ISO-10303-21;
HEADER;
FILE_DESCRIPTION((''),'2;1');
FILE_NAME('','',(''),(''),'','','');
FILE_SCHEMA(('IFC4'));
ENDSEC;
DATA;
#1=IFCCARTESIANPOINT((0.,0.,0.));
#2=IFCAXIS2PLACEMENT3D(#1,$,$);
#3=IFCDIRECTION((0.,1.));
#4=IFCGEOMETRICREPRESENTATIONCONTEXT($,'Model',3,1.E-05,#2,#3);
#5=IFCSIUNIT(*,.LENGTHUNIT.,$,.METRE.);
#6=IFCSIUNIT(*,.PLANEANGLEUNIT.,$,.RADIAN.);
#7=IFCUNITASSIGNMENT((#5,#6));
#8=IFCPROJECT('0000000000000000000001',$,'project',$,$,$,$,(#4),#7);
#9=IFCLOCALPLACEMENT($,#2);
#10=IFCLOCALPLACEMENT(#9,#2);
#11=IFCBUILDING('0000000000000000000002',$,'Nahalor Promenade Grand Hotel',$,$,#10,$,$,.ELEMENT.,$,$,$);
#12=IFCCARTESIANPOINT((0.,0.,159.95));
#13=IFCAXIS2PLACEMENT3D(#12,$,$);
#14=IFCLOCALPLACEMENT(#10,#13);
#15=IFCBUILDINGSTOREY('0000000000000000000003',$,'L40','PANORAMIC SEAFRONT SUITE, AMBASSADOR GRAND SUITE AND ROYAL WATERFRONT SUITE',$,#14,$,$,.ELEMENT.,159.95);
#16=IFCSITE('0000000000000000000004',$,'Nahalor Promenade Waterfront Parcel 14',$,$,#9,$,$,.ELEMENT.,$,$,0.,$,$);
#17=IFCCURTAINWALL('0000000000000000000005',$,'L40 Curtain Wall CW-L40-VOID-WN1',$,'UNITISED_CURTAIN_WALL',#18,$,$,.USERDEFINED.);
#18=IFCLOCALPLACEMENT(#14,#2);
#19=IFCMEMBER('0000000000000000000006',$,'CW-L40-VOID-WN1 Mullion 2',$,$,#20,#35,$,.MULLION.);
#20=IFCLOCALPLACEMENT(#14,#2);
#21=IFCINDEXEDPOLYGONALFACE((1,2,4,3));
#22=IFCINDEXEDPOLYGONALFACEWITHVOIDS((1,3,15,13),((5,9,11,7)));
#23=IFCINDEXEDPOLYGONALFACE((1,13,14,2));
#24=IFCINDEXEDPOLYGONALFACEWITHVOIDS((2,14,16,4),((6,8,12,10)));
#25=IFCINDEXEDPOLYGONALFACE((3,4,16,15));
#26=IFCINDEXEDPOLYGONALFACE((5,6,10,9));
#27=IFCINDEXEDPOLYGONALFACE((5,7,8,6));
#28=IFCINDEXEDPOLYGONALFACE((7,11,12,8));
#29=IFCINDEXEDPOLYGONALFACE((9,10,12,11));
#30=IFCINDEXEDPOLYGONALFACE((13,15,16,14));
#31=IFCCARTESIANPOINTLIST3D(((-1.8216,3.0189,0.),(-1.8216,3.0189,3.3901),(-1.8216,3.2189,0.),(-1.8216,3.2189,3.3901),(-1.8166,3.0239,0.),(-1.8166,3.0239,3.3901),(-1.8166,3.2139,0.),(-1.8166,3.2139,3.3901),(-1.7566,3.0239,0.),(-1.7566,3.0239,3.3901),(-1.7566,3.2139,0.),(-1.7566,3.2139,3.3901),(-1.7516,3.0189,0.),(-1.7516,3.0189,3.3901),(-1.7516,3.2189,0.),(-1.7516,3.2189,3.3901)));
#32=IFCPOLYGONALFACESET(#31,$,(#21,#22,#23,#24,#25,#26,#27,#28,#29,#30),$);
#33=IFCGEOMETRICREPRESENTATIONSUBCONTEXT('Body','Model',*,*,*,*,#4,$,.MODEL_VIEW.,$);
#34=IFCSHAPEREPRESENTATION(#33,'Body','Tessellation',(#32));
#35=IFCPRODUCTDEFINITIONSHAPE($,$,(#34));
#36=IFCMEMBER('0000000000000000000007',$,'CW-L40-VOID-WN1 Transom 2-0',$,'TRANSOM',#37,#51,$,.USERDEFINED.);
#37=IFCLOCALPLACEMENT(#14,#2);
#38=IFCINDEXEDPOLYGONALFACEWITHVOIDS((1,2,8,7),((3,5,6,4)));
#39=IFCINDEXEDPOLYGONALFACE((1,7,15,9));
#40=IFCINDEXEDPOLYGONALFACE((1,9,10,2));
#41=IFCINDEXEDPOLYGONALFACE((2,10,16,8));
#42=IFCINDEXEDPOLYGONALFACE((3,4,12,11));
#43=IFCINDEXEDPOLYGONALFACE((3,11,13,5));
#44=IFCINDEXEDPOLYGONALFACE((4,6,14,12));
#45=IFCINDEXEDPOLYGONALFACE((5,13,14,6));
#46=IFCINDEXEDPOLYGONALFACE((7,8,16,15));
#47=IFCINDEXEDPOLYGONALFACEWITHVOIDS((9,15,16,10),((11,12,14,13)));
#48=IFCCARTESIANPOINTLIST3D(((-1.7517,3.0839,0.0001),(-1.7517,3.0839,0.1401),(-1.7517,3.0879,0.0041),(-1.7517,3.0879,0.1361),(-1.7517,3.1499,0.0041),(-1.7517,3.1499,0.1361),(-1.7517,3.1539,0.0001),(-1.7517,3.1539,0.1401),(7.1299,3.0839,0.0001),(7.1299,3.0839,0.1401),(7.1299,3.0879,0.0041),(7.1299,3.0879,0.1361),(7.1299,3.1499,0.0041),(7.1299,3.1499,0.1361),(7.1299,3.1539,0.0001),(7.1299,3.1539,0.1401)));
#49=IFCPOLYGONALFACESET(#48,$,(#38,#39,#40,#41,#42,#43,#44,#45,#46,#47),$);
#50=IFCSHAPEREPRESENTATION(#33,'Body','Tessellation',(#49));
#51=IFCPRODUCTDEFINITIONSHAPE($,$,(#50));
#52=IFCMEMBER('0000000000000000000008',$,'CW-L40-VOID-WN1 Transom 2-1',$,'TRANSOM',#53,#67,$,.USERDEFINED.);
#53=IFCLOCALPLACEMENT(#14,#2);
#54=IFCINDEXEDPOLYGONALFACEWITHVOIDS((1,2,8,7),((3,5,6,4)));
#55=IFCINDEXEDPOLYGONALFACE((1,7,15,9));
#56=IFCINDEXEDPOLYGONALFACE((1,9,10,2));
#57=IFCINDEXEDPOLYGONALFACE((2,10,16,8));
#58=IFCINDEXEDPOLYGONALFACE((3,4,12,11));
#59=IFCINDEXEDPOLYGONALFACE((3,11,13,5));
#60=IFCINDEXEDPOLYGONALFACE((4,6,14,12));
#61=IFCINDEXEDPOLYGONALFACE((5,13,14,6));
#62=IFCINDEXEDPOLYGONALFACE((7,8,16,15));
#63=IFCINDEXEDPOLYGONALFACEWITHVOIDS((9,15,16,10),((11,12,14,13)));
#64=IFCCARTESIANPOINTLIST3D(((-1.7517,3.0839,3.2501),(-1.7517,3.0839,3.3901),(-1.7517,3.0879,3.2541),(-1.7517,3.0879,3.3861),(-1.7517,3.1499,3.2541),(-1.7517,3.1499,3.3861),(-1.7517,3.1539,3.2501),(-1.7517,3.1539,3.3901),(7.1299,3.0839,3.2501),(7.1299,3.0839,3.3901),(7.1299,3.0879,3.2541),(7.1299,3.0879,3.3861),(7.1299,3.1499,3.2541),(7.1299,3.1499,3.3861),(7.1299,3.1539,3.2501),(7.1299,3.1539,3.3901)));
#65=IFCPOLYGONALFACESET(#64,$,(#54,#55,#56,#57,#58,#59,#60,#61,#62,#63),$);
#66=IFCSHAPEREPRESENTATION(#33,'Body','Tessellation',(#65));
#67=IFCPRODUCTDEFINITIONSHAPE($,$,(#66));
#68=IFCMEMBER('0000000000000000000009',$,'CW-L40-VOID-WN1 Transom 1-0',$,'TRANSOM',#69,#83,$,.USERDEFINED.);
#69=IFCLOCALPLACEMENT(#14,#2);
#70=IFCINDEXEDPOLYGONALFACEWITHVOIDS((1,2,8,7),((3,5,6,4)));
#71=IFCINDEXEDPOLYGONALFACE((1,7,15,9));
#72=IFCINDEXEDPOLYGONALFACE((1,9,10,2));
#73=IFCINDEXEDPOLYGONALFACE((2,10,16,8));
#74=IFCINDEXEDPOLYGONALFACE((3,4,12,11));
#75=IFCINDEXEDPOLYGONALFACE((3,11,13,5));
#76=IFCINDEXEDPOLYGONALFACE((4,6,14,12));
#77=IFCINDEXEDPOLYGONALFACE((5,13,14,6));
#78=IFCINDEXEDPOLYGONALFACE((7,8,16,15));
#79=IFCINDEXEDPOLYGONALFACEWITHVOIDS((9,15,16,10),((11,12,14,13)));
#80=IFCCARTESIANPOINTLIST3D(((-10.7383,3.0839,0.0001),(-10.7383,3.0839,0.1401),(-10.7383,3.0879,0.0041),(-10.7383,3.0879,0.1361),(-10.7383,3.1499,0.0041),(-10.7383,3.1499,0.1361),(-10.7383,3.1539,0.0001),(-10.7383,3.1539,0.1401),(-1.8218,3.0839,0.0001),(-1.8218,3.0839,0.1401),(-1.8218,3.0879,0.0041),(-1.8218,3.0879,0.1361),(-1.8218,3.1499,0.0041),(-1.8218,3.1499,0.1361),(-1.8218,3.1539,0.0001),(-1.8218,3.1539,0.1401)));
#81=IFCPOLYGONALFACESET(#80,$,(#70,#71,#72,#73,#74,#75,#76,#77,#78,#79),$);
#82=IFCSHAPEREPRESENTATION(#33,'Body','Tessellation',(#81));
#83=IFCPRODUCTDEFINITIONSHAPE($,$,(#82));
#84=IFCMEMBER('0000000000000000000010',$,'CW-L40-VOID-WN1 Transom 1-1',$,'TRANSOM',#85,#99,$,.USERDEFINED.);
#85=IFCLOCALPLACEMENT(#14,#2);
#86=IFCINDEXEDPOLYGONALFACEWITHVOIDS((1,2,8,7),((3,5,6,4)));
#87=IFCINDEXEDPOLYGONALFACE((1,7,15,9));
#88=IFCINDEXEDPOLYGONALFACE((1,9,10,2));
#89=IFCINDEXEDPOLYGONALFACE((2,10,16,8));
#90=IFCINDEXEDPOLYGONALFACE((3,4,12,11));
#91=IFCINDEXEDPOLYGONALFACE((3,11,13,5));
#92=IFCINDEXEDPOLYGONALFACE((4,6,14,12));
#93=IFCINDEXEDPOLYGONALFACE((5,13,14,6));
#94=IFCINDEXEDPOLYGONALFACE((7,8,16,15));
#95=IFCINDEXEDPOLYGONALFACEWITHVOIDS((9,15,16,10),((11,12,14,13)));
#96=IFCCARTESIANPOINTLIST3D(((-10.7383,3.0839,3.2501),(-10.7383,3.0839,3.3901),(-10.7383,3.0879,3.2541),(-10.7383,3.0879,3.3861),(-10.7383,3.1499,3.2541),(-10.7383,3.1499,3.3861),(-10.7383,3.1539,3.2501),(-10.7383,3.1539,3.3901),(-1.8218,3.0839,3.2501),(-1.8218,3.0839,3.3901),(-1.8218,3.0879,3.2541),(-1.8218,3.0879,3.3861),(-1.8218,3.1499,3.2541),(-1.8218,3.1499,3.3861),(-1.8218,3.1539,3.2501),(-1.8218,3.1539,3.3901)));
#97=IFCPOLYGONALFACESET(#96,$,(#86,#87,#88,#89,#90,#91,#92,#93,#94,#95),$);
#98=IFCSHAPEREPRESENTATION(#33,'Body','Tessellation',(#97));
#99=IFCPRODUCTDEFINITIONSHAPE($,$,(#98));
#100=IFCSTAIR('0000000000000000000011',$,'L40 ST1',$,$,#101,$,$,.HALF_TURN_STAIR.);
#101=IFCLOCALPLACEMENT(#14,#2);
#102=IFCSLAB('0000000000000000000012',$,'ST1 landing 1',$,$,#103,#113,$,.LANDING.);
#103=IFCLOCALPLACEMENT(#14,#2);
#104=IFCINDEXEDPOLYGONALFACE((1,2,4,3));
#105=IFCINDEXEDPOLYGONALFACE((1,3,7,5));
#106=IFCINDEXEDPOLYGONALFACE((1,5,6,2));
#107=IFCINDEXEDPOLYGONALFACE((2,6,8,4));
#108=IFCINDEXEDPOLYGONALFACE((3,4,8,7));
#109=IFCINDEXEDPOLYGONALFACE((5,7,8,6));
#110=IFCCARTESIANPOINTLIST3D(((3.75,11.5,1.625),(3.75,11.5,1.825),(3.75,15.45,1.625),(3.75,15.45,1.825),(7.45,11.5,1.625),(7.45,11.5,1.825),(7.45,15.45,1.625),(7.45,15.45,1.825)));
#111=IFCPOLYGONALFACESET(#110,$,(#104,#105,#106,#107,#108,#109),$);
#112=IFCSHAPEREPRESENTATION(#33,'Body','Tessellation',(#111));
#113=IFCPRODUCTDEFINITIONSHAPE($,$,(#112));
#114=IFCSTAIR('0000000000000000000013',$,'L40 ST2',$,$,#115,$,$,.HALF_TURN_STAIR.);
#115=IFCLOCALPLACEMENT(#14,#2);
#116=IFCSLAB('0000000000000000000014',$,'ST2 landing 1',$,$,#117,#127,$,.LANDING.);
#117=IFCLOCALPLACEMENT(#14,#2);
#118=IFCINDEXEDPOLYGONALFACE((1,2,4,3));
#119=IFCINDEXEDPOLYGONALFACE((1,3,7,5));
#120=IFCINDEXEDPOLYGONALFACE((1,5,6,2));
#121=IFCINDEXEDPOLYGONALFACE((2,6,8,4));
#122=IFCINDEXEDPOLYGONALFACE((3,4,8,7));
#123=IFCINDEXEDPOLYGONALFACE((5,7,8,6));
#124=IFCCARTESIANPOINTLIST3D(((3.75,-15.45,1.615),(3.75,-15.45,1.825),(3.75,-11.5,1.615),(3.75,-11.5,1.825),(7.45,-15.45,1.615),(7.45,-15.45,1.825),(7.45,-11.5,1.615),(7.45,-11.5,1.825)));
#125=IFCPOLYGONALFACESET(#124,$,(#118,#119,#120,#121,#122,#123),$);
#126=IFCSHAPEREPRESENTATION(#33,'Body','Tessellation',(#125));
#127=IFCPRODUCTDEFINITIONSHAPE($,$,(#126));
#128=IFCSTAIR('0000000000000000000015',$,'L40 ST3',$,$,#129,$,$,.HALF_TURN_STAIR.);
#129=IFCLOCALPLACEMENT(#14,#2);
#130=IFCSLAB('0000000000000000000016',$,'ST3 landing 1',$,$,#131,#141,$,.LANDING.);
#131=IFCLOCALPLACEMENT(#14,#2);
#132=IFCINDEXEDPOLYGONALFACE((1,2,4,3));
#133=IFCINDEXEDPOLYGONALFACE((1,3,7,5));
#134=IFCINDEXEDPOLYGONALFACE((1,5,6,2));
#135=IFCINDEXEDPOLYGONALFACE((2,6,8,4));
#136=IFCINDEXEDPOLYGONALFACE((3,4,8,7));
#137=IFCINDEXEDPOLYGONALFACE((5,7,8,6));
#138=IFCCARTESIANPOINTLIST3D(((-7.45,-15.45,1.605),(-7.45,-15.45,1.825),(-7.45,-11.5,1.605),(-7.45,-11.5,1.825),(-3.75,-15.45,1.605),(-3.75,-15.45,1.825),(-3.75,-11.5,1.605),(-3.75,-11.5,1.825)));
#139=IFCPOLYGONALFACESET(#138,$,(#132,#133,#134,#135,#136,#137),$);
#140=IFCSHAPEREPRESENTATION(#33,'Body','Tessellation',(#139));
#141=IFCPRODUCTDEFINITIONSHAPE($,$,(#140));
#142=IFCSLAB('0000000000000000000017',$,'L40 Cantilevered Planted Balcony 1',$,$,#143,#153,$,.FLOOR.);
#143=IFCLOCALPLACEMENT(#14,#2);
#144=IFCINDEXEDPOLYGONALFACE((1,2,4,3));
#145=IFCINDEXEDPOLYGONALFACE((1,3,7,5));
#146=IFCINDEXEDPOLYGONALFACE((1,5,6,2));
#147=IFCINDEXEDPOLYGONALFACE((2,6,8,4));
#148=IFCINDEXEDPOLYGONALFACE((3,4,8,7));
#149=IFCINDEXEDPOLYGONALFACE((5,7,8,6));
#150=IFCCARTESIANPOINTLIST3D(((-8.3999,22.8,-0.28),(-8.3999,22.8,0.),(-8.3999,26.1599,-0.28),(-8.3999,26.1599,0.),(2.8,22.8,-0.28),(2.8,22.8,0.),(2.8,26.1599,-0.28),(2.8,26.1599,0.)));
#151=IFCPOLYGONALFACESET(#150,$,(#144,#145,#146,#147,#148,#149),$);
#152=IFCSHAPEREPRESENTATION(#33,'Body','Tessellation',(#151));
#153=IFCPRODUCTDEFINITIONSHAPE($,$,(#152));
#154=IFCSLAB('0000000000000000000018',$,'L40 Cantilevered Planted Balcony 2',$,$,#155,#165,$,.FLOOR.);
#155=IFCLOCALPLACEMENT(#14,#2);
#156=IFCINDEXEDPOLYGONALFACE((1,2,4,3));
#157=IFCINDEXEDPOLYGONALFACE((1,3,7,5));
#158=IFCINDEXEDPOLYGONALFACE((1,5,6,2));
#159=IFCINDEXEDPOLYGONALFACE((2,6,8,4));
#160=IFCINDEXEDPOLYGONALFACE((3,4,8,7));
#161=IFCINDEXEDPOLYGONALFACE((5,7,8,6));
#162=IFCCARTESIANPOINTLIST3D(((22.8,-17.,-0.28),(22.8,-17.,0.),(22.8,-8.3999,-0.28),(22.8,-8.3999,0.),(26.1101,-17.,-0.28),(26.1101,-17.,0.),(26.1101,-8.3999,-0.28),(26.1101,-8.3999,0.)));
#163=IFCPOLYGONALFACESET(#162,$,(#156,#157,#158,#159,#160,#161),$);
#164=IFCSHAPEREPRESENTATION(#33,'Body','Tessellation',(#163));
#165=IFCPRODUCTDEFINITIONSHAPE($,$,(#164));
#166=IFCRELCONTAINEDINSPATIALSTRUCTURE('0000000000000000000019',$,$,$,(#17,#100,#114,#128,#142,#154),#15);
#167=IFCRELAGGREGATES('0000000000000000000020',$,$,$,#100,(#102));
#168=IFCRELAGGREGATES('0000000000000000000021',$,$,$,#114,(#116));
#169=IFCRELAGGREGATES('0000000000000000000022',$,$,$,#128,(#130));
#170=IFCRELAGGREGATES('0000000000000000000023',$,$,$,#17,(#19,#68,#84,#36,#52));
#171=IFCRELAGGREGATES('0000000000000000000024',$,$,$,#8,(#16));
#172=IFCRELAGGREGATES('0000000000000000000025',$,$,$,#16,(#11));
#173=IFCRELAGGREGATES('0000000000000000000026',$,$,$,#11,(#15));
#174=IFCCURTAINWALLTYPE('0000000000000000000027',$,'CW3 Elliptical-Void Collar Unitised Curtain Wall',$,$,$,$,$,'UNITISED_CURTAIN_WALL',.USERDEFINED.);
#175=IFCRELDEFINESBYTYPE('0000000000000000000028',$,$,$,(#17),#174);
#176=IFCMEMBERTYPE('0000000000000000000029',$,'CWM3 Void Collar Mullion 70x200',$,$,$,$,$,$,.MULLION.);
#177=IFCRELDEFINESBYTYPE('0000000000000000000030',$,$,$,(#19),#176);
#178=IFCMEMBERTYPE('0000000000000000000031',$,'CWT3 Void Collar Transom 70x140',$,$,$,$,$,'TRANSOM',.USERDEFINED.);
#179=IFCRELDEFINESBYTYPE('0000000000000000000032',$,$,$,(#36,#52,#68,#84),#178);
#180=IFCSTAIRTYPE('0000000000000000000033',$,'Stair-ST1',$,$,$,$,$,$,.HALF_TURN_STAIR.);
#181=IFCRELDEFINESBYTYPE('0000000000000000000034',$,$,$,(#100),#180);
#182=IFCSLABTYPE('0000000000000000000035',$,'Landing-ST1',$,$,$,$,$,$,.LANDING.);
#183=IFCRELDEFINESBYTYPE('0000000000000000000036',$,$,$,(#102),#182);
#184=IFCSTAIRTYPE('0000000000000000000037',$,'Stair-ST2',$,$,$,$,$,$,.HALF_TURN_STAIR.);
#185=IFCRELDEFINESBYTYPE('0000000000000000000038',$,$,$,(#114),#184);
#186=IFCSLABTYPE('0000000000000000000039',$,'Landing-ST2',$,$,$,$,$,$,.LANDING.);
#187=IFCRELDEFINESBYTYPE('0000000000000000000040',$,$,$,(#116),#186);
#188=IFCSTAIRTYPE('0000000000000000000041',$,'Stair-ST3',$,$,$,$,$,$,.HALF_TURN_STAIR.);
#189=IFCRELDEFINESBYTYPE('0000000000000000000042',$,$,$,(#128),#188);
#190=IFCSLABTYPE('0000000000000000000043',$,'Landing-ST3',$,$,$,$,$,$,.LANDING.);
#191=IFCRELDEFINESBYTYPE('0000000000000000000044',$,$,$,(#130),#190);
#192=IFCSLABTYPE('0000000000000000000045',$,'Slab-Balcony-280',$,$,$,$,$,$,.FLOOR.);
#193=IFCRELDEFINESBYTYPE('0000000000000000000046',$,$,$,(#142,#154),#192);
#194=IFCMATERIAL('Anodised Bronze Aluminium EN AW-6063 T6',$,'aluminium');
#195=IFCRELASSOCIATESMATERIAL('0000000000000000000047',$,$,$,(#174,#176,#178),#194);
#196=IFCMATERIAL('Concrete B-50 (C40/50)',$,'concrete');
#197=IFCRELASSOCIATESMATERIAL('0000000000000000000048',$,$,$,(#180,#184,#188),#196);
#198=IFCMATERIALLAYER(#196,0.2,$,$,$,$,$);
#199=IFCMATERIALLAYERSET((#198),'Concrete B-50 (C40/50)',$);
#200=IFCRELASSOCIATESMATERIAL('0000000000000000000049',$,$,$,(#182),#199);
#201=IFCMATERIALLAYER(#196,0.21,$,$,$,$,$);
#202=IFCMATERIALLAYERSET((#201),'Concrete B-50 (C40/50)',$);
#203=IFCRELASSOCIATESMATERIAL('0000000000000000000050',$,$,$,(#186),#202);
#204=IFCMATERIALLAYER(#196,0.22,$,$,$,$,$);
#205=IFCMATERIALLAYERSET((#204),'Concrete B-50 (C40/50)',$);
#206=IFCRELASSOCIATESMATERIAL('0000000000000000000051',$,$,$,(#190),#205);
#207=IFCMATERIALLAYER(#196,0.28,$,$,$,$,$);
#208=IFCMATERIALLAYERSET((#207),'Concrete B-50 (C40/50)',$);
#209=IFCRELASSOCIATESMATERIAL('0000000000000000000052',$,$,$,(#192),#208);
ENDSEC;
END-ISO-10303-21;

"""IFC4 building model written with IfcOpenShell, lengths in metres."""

from ifc_helpers import new_model, si_unit, direction, frame, origin, origin_2d, place, context, subcontext, project, spatial, polyline, hollow_rectangle, outline, extrude, source, transform, mapped, material, layer, layer_set, material_profile, profile_set, type_object, element, aggregate, save


model = new_model("IFC4")

# Units and contexts
model_context = context("Model", 3, precision=1e-05, world=origin(), true_north=direction((0.0, 1.0)))
body_context = subcontext(model_context, "Body", "Model", "MODEL_VIEW")
ifc_project = project(units=[si_unit("LENGTHUNIT", "METRE"), si_unit("PLANEANGLEUNIT", "RADIAN")], contexts=[model_context])

# Site, building, storey
site_placement = place(None, origin())
site = spatial("IfcSite", under=ifc_project, at=site_placement, Name="Nahalor Promenade Waterfront Parcel 14", CompositionType="ELEMENT", RefElevation=0.0)
building_placement = place(site_placement, origin())
building = spatial("IfcBuilding", under=site, at=building_placement, Name="Nahalor Promenade Grand Hotel", CompositionType="ELEMENT")
storey_placement = place(building_placement, frame((0.0, 0.0, 159.95)))
storey = spatial("IfcBuildingStorey", under=building, at=storey_placement, Name="L40", Description="PANORAMIC SEAFRONT SUITE, AMBASSADOR GRAND SUITE AND ROYAL WATERFRONT SUITE", CompositionType="ELEMENT", Elevation=159.95)

# Curtain wall, members
ifc_material_1 = material(Name="Anodised Bronze Aluminium EN AW-6063 T6", Category="aluminium")
curtain_wall_type = type_object("IfcCurtainWallType", Name="CW3 Elliptical-Void Collar Unitised Curtain Wall", ElementType="UNITISED_CURTAIN_WALL", PredefinedType="USERDEFINED", material=ifc_material_1)
curtain_wall_placement = place(storey_placement, origin())
curtain_wall = element("IfcCurtainWall", 1, at=curtain_wall_placement, inside=storey, type_object=curtain_wall_type, Name="L40 Curtain Wall CW-L40-VOID-WN1", ObjectType="UNITISED_CURTAIN_WALL", PredefinedType="USERDEFINED")
ifc_material_profile_1 = material_profile(ifc_material_1, hollow_rectangle(XDim=0.07, YDim=0.2, WallThickness=0.005, at=origin_2d()), Name="CWM 70x200x5")
ifc_profile_set_1 = profile_set([ifc_material_profile_1], Name="Anodised Bronze Aluminium EN AW-6063 T6")
member_type_1 = type_object("IfcMemberType", Name="CWM3 Void Collar Mullion 70x200", PredefinedType="MULLION", material=ifc_profile_set_1)
shared_shape_1 = source(origin(), body_context, "Body", "SweptSolid", [
    extrude(hollow_rectangle(XDim=0.07, YDim=0.2, WallThickness=0.005, at=origin_2d()), origin(), (0.0, 0.0, 1.0), 3.3901),
])
member_1_placement = place(storey_placement, frame((-1.7866, 3.1189, 0.0), z_axis=(0.0, 0.0, 1.0), x_axis=(1.0, 0.0, 0.0)))
member_1 = element("IfcMember", 2, at=member_1_placement, type_object=member_type_1, Name="CW-L40-VOID-WN1 Mullion 2", PredefinedType="MULLION", context=body_context, shape_type="MappedRepresentation", body=[
    mapped(shared_shape_1, transform((0.0, 0.0, 0.0), scale=1.0)),
])
ifc_material_profile_2 = material_profile(ifc_material_1, hollow_rectangle(XDim=0.07, YDim=0.14, WallThickness=0.004, at=origin_2d()), Name="CWT 70x140x4")
ifc_profile_set_2 = profile_set([ifc_material_profile_2], Name="Anodised Bronze Aluminium EN AW-6063 T6")
member_type_2 = type_object("IfcMemberType", Name="CWT3 Void Collar Transom 70x140", ElementType="TRANSOM", PredefinedType="USERDEFINED", material=ifc_profile_set_2)
shared_shape_2 = source(origin(), body_context, "Body", "SweptSolid", [
    extrude(hollow_rectangle(XDim=0.07, YDim=0.14, WallThickness=0.004, at=origin_2d()), origin(), (0.0, 0.0, 1.0), 8.8816),
])
member_2_placement = place(storey_placement, frame((-1.7517, 3.1189, 0.0701), z_axis=(1.0, 0.0, 0.0), x_axis=(0.0, 1.0, 0.0)))
member_2 = element("IfcMember", 3, at=member_2_placement, type_object=member_type_2, Name="CW-L40-VOID-WN1 Transom 2-0", ObjectType="TRANSOM", PredefinedType="USERDEFINED", context=body_context, shape_type="MappedRepresentation", body=[
    mapped(shared_shape_2, transform((0.0, 0.0, 0.0), scale=1.0)),
])
member_3_placement = place(storey_placement, frame((-1.7517, 3.1189, 3.3201), z_axis=(1.0, 0.0, 0.0), x_axis=(0.0, 1.0, 0.0)))
member_3 = element("IfcMember", 4, at=member_3_placement, type_object=member_type_2, Name="CW-L40-VOID-WN1 Transom 2-1", ObjectType="TRANSOM", PredefinedType="USERDEFINED", context=body_context, shape_type="MappedRepresentation", body=[
    mapped(shared_shape_2, transform((0.0, 0.0, 0.0), scale=1.0)),
])
shared_shape_3 = source(origin(), body_context, "Body", "SweptSolid", [
    extrude(hollow_rectangle(XDim=0.07, YDim=0.14, WallThickness=0.004, at=origin_2d()), origin(), (0.0, 0.0, 1.0), 8.9165),
])
member_4_placement = place(storey_placement, frame((-10.7383, 3.1189, 0.0701), z_axis=(1.0, 0.0, 0.0), x_axis=(0.0, 1.0, 0.0)))
member_4 = element("IfcMember", 5, at=member_4_placement, type_object=member_type_2, Name="CW-L40-VOID-WN1 Transom 1-0", ObjectType="TRANSOM", PredefinedType="USERDEFINED", context=body_context, shape_type="MappedRepresentation", body=[
    mapped(shared_shape_3, transform((0.0, 0.0, 0.0), scale=1.0)),
])
member_5_placement = place(storey_placement, frame((-10.7383, 3.1189, 3.3201), z_axis=(1.0, 0.0, 0.0), x_axis=(0.0, 1.0, 0.0)))
member_5 = element("IfcMember", 6, at=member_5_placement, type_object=member_type_2, Name="CW-L40-VOID-WN1 Transom 1-1", ObjectType="TRANSOM", PredefinedType="USERDEFINED", context=body_context, shape_type="MappedRepresentation", body=[
    mapped(shared_shape_3, transform((0.0, 0.0, 0.0), scale=1.0)),
])

# Stairs, slabs
ifc_material_2 = material(Name="Concrete B-50 (C40/50)", Category="concrete")
stair_type_1 = type_object("IfcStairType", Name="Stair-ST1", PredefinedType="HALF_TURN_STAIR", material=ifc_material_2)
stair_1_placement = place(storey_placement, origin())
stair_1 = element("IfcStair", 7, at=stair_1_placement, inside=storey, type_object=stair_type_1, Name="L40 ST1", PredefinedType="HALF_TURN_STAIR")
ifc_layer_1 = layer(ifc_material_2, 0.2)
ifc_layer_set_1 = layer_set([ifc_layer_1], Name="Concrete B-50 (C40/50)")
slab_type_1 = type_object("IfcSlabType", Name="Landing-ST1", PredefinedType="LANDING", material=ifc_layer_set_1)
slab_1_placement = place(storey_placement, frame((0.0, 0.0, 1.625)))
slab_1 = element("IfcSlab", 8, at=slab_1_placement, type_object=slab_type_1, Name="ST1 landing 1", PredefinedType="LANDING", context=body_context, shape_type="SweptSolid", body=[
    extrude(outline(polyline([(7.45, 11.5), (7.45, 15.45), (3.75, 15.45), (3.75, 11.5), (7.45, 11.5)])), origin(), (0.0, 0.0, 1.0), 0.2),
])
aggregate(stair_1, [slab_1])
stair_type_2 = type_object("IfcStairType", Name="Stair-ST2", PredefinedType="HALF_TURN_STAIR", material=ifc_material_2)
stair_2_placement = place(storey_placement, origin())
stair_2 = element("IfcStair", 9, at=stair_2_placement, inside=storey, type_object=stair_type_2, Name="L40 ST2", PredefinedType="HALF_TURN_STAIR")
ifc_layer_2 = layer(ifc_material_2, 0.21)
ifc_layer_set_2 = layer_set([ifc_layer_2], Name="Concrete B-50 (C40/50)")
slab_type_2 = type_object("IfcSlabType", Name="Landing-ST2", PredefinedType="LANDING", material=ifc_layer_set_2)
slab_2_placement = place(storey_placement, frame((0.0, 0.0, 1.615)))
slab_2 = element("IfcSlab", 10, at=slab_2_placement, type_object=slab_type_2, Name="ST2 landing 1", PredefinedType="LANDING", context=body_context, shape_type="SweptSolid", body=[
    extrude(outline(polyline([(3.75, -11.5), (3.75, -15.45), (7.45, -15.45), (7.45, -11.5), (3.75, -11.5)])), origin(), (0.0, 0.0, 1.0), 0.21),
])
aggregate(stair_2, [slab_2])
stair_type_3 = type_object("IfcStairType", Name="Stair-ST3", PredefinedType="HALF_TURN_STAIR", material=ifc_material_2)
stair_3_placement = place(storey_placement, origin())
stair_3 = element("IfcStair", 11, at=stair_3_placement, inside=storey, type_object=stair_type_3, Name="L40 ST3", PredefinedType="HALF_TURN_STAIR")
ifc_layer_3 = layer(ifc_material_2, 0.22)
ifc_layer_set_3 = layer_set([ifc_layer_3], Name="Concrete B-50 (C40/50)")
slab_type_3 = type_object("IfcSlabType", Name="Landing-ST3", PredefinedType="LANDING", material=ifc_layer_set_3)
slab_3_placement = place(storey_placement, frame((0.0, 0.0, 1.605)))
slab_3 = element("IfcSlab", 12, at=slab_3_placement, type_object=slab_type_3, Name="ST3 landing 1", PredefinedType="LANDING", context=body_context, shape_type="SweptSolid", body=[
    extrude(outline(polyline([(-7.45, -11.5), (-7.45, -15.45), (-3.75, -15.45), (-3.75, -11.5), (-7.45, -11.5)])), origin(), (0.0, 0.0, 1.0), 0.22),
])
aggregate(stair_3, [slab_3])

# Slabs
ifc_layer_4 = layer(ifc_material_2, 0.28)
ifc_layer_set_4 = layer_set([ifc_layer_4], Name="Concrete B-50 (C40/50)")
slab_type_4 = type_object("IfcSlabType", Name="Slab-Balcony-280", PredefinedType="FLOOR", material=ifc_layer_set_4)
slab_4_placement = place(storey_placement, frame((0.0, 0.0, -0.28)))
element("IfcSlab", 13, at=slab_4_placement, inside=storey, type_object=slab_type_4, Name="L40 Cantilevered Planted Balcony 1", PredefinedType="FLOOR", context=body_context, shape_type="SweptSolid", body=[
    extrude(outline(polyline([(-8.3999, 22.8), (2.8, 22.8), (2.8, 26.1599), (-8.3999, 26.1599), (-8.3999, 22.8)])), origin(), (0.0, 0.0, 1.0), 0.28),
])
slab_5_placement = place(storey_placement, frame((0.0, 0.0, -0.28)))
element("IfcSlab", 14, at=slab_5_placement, inside=storey, type_object=slab_type_4, Name="L40 Cantilevered Planted Balcony 2", PredefinedType="FLOOR", context=body_context, shape_type="SweptSolid", body=[
    extrude(outline(polyline([(22.8, -17.0), (26.1101, -17.0), (26.1101, -8.3999), (22.8, -8.3999), (22.8, -17.0)])), origin(), (0.0, 0.0, 1.0), 0.28),
])

aggregate(curtain_wall, [member_1, member_4, member_5, member_2, member_3])

save(model, "model.ifc")
